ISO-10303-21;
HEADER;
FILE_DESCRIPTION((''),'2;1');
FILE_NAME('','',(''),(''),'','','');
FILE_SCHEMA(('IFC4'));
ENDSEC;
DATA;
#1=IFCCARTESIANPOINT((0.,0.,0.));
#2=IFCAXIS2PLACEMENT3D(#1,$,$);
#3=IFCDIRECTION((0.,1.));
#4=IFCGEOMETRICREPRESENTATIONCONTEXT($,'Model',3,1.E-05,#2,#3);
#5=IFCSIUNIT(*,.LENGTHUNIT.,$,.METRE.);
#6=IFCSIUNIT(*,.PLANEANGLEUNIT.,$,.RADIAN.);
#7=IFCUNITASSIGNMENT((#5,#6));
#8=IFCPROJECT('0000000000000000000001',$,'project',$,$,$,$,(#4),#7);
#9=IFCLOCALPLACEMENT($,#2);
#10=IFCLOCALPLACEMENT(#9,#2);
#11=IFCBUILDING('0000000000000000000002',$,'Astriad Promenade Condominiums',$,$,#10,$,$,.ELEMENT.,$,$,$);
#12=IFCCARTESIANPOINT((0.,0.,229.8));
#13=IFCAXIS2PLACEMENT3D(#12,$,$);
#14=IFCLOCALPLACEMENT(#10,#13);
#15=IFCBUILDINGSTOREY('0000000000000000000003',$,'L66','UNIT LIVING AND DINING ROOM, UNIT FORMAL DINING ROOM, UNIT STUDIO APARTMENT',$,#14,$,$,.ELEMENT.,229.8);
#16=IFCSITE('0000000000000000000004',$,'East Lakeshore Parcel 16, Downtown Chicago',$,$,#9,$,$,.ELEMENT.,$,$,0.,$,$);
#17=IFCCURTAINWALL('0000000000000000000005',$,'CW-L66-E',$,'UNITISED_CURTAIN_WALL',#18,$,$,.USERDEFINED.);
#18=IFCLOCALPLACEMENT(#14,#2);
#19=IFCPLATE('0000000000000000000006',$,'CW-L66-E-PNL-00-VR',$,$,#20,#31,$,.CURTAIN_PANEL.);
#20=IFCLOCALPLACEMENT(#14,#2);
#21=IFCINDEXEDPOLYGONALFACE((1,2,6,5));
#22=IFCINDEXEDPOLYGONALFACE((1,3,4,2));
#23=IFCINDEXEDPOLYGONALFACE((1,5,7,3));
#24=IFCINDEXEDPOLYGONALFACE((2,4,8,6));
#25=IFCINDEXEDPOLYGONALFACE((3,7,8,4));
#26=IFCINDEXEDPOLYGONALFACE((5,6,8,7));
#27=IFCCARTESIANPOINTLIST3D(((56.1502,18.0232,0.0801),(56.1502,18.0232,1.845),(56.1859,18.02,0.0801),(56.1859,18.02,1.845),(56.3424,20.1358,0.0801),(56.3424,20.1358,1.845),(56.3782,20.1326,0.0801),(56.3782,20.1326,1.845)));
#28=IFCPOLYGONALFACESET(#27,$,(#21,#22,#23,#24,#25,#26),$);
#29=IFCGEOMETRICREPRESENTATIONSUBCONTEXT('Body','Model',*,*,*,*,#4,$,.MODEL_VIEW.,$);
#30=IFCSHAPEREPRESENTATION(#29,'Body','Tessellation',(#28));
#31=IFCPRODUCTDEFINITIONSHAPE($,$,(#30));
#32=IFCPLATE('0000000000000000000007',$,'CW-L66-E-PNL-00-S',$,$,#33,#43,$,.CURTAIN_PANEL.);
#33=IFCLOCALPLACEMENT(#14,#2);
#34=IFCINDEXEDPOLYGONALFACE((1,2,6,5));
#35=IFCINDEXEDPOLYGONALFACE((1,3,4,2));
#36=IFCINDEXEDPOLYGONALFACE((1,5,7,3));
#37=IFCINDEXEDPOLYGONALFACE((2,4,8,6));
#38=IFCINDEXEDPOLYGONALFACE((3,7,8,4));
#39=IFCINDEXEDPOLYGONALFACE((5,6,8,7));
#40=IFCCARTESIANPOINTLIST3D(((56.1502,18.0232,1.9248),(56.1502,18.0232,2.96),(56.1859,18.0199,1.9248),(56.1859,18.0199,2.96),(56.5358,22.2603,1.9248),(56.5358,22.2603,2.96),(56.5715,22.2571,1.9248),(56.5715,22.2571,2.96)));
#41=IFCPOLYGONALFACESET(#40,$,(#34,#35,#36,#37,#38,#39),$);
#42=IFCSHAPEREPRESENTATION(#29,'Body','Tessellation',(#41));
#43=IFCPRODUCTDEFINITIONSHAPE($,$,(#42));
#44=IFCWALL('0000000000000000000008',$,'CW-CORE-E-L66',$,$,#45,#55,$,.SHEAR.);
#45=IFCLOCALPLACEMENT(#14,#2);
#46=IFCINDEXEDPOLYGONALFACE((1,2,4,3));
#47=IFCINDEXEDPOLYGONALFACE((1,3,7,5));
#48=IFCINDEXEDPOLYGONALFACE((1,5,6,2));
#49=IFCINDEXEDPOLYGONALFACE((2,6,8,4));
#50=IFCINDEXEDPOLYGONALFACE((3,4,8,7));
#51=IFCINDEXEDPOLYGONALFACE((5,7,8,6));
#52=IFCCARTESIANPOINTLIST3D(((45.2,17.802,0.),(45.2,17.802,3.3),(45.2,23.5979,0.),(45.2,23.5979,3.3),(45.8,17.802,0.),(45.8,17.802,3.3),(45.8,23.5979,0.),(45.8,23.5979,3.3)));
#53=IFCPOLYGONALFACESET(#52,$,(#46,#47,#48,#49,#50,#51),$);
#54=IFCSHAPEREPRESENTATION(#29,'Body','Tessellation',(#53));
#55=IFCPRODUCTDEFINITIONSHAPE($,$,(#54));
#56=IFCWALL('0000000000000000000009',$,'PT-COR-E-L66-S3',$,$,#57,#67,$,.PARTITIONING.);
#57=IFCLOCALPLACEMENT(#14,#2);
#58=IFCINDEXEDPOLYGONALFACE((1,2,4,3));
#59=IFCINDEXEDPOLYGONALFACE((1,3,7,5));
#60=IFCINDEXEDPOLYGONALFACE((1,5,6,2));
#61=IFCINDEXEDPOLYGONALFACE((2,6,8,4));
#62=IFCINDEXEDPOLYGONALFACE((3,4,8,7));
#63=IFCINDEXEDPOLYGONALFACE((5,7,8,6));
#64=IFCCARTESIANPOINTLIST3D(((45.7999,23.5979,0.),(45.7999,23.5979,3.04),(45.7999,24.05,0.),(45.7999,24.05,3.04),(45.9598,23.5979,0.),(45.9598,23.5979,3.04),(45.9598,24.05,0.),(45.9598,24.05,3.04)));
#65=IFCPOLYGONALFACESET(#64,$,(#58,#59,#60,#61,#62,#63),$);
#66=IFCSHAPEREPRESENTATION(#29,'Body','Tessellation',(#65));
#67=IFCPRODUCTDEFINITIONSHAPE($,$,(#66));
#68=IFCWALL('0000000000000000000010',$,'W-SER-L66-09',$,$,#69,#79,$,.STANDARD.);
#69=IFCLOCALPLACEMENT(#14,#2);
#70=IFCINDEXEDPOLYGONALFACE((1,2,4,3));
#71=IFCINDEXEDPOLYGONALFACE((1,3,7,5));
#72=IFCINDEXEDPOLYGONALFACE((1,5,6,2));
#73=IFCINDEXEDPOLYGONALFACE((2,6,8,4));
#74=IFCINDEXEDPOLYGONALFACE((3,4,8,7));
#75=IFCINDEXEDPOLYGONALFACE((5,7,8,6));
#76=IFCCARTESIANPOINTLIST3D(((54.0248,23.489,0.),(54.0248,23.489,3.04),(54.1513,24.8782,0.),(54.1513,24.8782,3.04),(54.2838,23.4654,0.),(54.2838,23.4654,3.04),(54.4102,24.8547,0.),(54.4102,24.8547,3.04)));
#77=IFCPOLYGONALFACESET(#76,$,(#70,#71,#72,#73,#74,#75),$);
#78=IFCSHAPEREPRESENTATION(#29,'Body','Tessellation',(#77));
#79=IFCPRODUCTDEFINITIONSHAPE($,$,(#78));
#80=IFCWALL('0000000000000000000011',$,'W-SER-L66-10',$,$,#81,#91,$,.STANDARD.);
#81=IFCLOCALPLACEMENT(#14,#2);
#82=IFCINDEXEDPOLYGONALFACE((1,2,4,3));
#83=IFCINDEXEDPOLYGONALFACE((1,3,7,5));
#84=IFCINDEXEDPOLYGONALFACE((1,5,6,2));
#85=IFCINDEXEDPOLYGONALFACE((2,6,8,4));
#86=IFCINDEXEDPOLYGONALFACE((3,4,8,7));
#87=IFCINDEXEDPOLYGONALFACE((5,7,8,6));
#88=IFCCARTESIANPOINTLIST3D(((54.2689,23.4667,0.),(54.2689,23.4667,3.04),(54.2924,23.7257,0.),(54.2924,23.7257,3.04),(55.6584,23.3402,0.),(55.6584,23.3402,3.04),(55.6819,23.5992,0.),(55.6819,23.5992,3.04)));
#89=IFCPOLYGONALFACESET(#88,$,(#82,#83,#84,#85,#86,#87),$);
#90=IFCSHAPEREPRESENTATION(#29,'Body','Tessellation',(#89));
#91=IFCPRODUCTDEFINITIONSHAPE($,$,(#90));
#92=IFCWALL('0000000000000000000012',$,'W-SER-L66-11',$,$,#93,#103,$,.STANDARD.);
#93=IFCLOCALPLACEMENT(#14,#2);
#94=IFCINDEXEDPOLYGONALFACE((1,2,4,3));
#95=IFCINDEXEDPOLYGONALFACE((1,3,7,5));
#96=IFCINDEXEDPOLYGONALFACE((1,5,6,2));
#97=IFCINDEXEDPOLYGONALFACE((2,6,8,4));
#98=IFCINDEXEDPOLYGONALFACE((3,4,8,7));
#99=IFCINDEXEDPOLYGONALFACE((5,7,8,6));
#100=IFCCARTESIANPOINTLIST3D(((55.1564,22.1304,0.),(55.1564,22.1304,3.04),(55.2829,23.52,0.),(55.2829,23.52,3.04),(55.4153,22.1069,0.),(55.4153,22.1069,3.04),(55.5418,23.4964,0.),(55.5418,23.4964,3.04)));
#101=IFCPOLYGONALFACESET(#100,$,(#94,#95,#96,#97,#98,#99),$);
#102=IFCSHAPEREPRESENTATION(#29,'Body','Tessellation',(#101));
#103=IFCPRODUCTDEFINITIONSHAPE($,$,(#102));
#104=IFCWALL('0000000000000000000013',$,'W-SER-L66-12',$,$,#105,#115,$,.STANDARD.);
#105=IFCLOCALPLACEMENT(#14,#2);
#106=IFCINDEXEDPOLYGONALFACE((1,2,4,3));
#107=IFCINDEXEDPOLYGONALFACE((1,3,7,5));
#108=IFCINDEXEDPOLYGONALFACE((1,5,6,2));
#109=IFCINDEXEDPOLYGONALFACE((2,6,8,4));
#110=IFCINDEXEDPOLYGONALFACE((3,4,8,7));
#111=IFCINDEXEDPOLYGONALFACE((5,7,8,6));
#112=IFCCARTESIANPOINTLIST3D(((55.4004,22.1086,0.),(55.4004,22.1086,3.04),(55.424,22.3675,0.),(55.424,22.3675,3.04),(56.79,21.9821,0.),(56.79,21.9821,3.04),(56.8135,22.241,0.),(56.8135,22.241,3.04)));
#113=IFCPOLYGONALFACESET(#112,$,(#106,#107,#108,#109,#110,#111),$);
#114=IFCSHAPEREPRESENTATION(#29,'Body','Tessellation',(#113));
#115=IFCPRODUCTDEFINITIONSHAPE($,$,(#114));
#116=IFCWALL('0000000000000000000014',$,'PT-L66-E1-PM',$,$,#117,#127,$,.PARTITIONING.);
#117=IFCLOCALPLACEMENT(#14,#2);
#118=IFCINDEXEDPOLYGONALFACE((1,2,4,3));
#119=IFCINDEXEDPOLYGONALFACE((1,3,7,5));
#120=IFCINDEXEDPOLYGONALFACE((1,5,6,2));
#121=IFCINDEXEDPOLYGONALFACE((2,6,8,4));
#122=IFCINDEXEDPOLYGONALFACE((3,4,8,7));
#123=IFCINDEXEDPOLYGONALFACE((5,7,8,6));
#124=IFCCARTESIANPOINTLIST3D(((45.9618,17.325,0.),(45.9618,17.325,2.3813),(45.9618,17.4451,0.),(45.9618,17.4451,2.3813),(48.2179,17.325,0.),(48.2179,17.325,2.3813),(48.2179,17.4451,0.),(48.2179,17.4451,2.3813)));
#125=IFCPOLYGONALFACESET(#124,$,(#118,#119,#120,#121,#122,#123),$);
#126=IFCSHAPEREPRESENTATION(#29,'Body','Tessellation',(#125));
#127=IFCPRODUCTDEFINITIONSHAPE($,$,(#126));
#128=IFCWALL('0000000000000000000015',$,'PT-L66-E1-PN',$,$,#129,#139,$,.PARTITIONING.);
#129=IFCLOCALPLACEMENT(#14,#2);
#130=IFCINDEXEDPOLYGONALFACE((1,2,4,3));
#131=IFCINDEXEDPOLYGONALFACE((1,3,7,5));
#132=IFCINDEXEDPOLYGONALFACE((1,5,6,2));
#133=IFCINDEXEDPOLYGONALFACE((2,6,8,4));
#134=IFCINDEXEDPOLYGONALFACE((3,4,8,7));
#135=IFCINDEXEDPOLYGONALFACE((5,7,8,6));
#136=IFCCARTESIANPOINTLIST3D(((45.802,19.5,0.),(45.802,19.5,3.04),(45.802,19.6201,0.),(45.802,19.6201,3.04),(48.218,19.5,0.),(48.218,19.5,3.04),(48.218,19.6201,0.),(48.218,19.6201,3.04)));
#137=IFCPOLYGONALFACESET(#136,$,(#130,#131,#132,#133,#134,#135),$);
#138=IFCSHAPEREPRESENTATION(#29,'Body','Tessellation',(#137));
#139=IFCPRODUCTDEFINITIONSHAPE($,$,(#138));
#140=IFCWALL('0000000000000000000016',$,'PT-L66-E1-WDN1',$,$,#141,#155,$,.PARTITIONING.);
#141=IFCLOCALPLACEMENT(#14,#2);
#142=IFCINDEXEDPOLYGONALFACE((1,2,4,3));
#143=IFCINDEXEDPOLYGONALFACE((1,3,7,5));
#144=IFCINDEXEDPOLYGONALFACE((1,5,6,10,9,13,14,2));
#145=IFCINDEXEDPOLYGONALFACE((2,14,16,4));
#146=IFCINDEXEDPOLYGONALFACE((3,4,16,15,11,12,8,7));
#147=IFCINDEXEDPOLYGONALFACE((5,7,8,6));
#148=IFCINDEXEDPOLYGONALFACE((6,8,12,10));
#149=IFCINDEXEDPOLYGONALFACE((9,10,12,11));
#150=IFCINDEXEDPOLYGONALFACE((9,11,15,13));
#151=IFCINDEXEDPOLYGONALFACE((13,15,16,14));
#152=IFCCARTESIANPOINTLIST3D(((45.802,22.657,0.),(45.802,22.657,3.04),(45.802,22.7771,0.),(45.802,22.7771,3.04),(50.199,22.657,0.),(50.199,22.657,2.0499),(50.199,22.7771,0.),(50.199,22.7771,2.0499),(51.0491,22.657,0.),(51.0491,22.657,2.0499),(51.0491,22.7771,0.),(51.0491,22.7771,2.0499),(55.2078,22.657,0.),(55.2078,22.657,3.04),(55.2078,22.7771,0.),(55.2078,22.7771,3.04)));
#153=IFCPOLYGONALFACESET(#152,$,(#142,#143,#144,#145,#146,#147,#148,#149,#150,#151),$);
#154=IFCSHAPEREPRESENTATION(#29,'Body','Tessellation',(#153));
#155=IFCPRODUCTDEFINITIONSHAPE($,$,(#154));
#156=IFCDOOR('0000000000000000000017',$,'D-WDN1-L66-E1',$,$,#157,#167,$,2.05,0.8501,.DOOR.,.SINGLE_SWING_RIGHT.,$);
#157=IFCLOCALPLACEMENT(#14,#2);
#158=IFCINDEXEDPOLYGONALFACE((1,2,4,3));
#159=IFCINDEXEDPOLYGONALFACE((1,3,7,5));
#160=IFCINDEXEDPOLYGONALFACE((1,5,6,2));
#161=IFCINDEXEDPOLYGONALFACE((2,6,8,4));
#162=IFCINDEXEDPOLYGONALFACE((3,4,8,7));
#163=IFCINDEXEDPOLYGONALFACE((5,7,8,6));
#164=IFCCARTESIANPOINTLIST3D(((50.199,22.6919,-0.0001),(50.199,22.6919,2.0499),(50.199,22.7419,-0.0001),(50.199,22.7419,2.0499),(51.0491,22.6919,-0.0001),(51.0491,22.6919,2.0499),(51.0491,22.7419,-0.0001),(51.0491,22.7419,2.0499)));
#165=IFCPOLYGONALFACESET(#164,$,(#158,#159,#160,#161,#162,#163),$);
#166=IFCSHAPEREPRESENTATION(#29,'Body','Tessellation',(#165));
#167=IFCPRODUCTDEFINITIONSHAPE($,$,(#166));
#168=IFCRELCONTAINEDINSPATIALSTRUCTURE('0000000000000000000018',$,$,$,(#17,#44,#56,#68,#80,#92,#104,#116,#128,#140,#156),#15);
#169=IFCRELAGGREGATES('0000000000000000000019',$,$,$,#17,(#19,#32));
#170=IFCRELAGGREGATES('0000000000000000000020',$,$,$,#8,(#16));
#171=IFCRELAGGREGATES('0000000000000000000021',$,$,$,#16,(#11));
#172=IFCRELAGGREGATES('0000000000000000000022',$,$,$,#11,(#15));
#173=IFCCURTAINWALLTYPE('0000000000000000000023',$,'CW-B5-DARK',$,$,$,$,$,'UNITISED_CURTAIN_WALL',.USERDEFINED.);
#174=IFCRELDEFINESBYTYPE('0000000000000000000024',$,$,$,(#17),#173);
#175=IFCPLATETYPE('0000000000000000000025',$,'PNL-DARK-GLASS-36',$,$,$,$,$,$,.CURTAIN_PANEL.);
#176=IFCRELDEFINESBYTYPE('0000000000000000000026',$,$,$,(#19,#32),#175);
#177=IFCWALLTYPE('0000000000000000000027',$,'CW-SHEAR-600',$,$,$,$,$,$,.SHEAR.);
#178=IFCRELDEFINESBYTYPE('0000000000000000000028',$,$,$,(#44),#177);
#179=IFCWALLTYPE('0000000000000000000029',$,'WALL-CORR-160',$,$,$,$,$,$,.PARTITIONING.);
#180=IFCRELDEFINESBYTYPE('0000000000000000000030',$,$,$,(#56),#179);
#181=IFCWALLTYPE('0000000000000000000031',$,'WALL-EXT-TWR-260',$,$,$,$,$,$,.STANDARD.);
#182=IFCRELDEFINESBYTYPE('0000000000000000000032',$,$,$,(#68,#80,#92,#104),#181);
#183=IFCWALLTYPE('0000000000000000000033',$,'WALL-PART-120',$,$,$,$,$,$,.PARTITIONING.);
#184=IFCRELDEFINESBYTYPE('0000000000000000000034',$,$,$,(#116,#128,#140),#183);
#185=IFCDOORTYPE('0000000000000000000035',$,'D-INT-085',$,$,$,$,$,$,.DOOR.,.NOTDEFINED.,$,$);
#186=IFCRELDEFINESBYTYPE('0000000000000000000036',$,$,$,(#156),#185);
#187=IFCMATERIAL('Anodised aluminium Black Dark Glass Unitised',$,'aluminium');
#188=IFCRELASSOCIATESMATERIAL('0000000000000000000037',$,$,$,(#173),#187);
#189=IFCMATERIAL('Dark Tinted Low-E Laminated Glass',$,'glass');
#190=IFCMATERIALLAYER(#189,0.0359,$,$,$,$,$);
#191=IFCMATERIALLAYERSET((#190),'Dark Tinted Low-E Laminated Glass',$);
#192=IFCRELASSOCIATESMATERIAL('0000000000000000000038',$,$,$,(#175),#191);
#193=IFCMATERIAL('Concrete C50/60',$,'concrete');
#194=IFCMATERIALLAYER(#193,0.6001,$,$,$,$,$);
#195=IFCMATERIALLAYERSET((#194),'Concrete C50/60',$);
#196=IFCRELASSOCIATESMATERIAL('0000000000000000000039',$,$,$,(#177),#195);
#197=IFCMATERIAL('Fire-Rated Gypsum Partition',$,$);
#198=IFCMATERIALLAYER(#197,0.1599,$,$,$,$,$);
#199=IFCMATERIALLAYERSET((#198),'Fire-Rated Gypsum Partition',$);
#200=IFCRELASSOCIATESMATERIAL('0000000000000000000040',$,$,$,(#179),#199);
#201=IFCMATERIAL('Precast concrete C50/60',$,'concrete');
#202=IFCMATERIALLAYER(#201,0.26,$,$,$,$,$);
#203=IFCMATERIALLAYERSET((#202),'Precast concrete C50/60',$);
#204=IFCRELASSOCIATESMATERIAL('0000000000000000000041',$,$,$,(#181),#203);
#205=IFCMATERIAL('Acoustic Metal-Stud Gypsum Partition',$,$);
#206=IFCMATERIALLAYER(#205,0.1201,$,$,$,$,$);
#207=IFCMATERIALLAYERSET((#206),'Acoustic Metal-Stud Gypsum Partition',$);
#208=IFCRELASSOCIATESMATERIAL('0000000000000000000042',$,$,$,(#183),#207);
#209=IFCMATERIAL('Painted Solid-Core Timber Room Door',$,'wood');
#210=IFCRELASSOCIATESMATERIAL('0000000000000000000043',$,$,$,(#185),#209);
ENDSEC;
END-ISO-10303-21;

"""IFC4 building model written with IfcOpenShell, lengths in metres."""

from ifc_helpers import new_model, si_unit, direction, frame, frame_2d, origin, origin_2d, place, context, subcontext, project, spatial, rectangle, extrude, source, transform, mapped, material, layer, layer_set, type_object, type_shapes, element, fill, aggregate, save


model = new_model("IFC4")

# Units and contexts
model_context = context("Model", 3, precision=1e-05, world=origin(), true_north=direction((0.0, 1.0)))
body_context = subcontext(model_context, "Body", "Model", "MODEL_VIEW")
ifc_project = project(units=[si_unit("LENGTHUNIT", "METRE"), si_unit("PLANEANGLEUNIT", "RADIAN")], contexts=[model_context])

# Site, building, storey
site_placement = place(None, origin())
site = spatial("IfcSite", under=ifc_project, at=site_placement, Name="East Lakeshore Parcel 16, Downtown Chicago", CompositionType="ELEMENT", RefElevation=0.0)
building_placement = place(site_placement, origin())
building = spatial("IfcBuilding", under=site, at=building_placement, Name="Astriad Promenade Condominiums", CompositionType="ELEMENT")
storey_placement = place(building_placement, frame((0.0, 0.0, 229.8)))
storey = spatial("IfcBuildingStorey", under=building, at=storey_placement, Name="L66", Description="UNIT LIVING AND DINING ROOM, UNIT FORMAL DINING ROOM, UNIT STUDIO APARTMENT", CompositionType="ELEMENT", Elevation=229.8)

# Shared definitions
ifc_material_1 = material(Name="Concrete C50/60", Category="concrete")

# Curtain wall, plates
ifc_material_2 = material(Name="Anodised aluminium Black Dark Glass Unitised", Category="aluminium")
curtain_wall_type = type_object("IfcCurtainWallType", Name="CW-B5-DARK", ElementType="UNITISED_CURTAIN_WALL", PredefinedType="USERDEFINED", material=ifc_material_2)
curtain_wall_placement = place(storey_placement, origin())
curtain_wall = element("IfcCurtainWall", 1, at=curtain_wall_placement, inside=storey, type_object=curtain_wall_type, Name="CW-L66-E", ObjectType="UNITISED_CURTAIN_WALL", PredefinedType="USERDEFINED")
ifc_material_3 = material(Name="Dark Tinted Low-E Laminated Glass", Category="glass")
ifc_layer_1 = layer(ifc_material_3, 0.0359)
ifc_layer_set_1 = layer_set([ifc_layer_1], Name="Dark Tinted Low-E Laminated Glass")
plate_type = type_object("IfcPlateType", Name="PNL-DARK-GLASS-36", PredefinedType="CURTAIN_PANEL", material=ifc_layer_set_1)
shared_shape_1 = source(origin(), body_context, "Body", "SweptSolid", [
    extrude(rectangle(XDim=2.1213, YDim=0.0359, at=origin_2d()), origin(), (0.0, 0.0, 1.0), 1.7649),
])
plate_1_placement = place(storey_placement, frame((56.2642, 19.0779, 0.0801), z_axis=(0.0, 0.0, 1.0), x_axis=(-0.090633, -0.995884, 0.0)))
plate_1 = element("IfcPlate", 2, at=plate_1_placement, type_object=plate_type, Name="CW-L66-E-PNL-00-VR", PredefinedType="CURTAIN_PANEL", context=body_context, shape_type="MappedRepresentation", body=[
    mapped(shared_shape_1, transform((0.0, 0.0, 0.0), scale=1.0)),
])
shared_shape_2 = source(origin(), body_context, "Body", "SweptSolid", [
    extrude(rectangle(XDim=4.2546, YDim=0.0359, at=origin_2d()), origin(), (0.0, 0.0, 1.0), 1.0352),
])
type_shapes(plate_type, [shared_shape_1, shared_shape_2])
plate_2_placement = place(storey_placement, frame((56.3608, 20.1401, 1.9248), z_axis=(0.0, 0.0, 1.0), x_axis=(-0.090633, -0.995884, 0.0)))
plate_2 = element("IfcPlate", 3, at=plate_2_placement, type_object=plate_type, Name="CW-L66-E-PNL-00-S", PredefinedType="CURTAIN_PANEL", context=body_context, shape_type="MappedRepresentation", body=[
    mapped(shared_shape_2, transform((0.0, 0.0, 0.0), scale=1.0)),
])
aggregate(curtain_wall, [plate_1, plate_2])

# Walls
ifc_layer_2 = layer(ifc_material_1, 0.6001)
ifc_layer_set_2 = layer_set([ifc_layer_2], Name="Concrete C50/60")
wall_type_1 = type_object("IfcWallType", Name="CW-SHEAR-600", PredefinedType="SHEAR", material=ifc_layer_set_2)
wall_1_placement = place(storey_placement, frame((45.5, 17.802, 0.0), z_axis=(0.0, 0.0, 1.0), x_axis=(0.0, 1.0, 0.0)))
element("IfcWall", 4, at=wall_1_placement, inside=storey, type_object=wall_type_1, Name="CW-CORE-E-L66", PredefinedType="SHEAR", context=body_context, shape_type="SweptSolid", body=[
    extrude(rectangle(XDim=5.7959, YDim=0.6001, at=frame_2d((2.8979, 0.0))), origin(), (0.0, 0.0, 1.0), 3.3),
])
ifc_material_4 = material(Name="Fire-Rated Gypsum Partition")
ifc_layer_3 = layer(ifc_material_4, 0.1599)
ifc_layer_set_3 = layer_set([ifc_layer_3], Name="Fire-Rated Gypsum Partition")
wall_type_2 = type_object("IfcWallType", Name="WALL-CORR-160", PredefinedType="PARTITIONING", material=ifc_layer_set_3)
wall_2_placement = place(storey_placement, frame((45.8799, 23.5979, 0.0), z_axis=(0.0, 0.0, 1.0), x_axis=(0.0, 1.0, 0.0)))
element("IfcWall", 5, at=wall_2_placement, inside=storey, type_object=wall_type_2, Name="PT-COR-E-L66-S3", PredefinedType="PARTITIONING", context=body_context, shape_type="SweptSolid", body=[
    extrude(rectangle(XDim=0.4521, YDim=0.1599, at=frame_2d((0.2261, 0.0))), origin(), (0.0, 0.0, 1.0), 3.04),
])
ifc_material_5 = material(Name="Precast concrete C50/60", Category="concrete")
ifc_layer_4 = layer(ifc_material_5, 0.26)
ifc_layer_set_4 = layer_set([ifc_layer_4], Name="Precast concrete C50/60")
wall_type_3 = type_object("IfcWallType", Name="WALL-EXT-TWR-260", PredefinedType="STANDARD", material=ifc_layer_set_4)
wall_3_placement = place(storey_placement, frame((54.2808, 24.8665, 0.0), z_axis=(0.0, 0.0, 1.0), x_axis=(-0.090662, -0.995882, 0.0)))
element("IfcWall", 6, at=wall_3_placement, inside=storey, type_object=wall_type_3, Name="W-SER-L66-09", PredefinedType="STANDARD", context=body_context, shape_type="SweptSolid", body=[
    extrude(rectangle(XDim=1.395, YDim=0.26, at=frame_2d((0.6975, 0.0))), origin(), (0.0, 0.0, 1.0), 3.04),
])
for number, where, z_axis, x_axis, name in (
    (7, (54.2805, 23.5962, 0.0), (0.0, 0.0, 1.0), (0.995883, -0.090646, 0.0), "W-SER-L66-10"),
    (8, (55.4124, 23.5083, 0.0), (0.0, 0.0, 1.0), (-0.090646, -0.995883, 0.0), "W-SER-L66-11"),
    (9, (55.4121, 22.238, 0.0), (0.0, 0.0, 1.0), (0.995883, -0.090646, 0.0), "W-SER-L66-12"),
):
    element("IfcWall", number, at=place(storey_placement, frame(where, z_axis=z_axis, x_axis=x_axis)), inside=storey, type_object=wall_type_3, Name=name, PredefinedType="STANDARD", context=body_context, shape_type="SweptSolid", body=[
        extrude(rectangle(XDim=1.3953, YDim=0.26, at=frame_2d((0.6978, 0.0))), origin(), (0.0, 0.0, 1.0), 3.04),
    ])
ifc_material_6 = material(Name="Acoustic Metal-Stud Gypsum Partition")
ifc_layer_5 = layer(ifc_material_6, 0.1201)
ifc_layer_set_5 = layer_set([ifc_layer_5], Name="Acoustic Metal-Stud Gypsum Partition")
wall_type_4 = type_object("IfcWallType", Name="WALL-PART-120", PredefinedType="PARTITIONING", material=ifc_layer_set_5)
wall_4_placement = place(storey_placement, frame((45.9619, 17.385, 0.0), z_axis=(0.0, 0.0, 1.0), x_axis=(1.0, 0.0, 0.0)))
element("IfcWall", 10, at=wall_4_placement, inside=storey, type_object=wall_type_4, Name="PT-L66-E1-PM", PredefinedType="PARTITIONING", context=body_context, shape_type="SweptSolid", body=[
    extrude(rectangle(XDim=2.2561, YDim=0.1201, at=frame_2d((1.1279, 0.0))), origin(), (0.0, 0.0, 1.0), 2.3813),
])
wall_5_placement = place(storey_placement, frame((45.802, 19.5601, 0.0), z_axis=(0.0, 0.0, 1.0), x_axis=(1.0, 0.0, 0.0)))
element("IfcWall", 11, at=wall_5_placement, inside=storey, type_object=wall_type_4, Name="PT-L66-E1-PN", PredefinedType="PARTITIONING", context=body_context, shape_type="SweptSolid", body=[
    extrude(rectangle(XDim=2.416, YDim=0.1201, at=frame_2d((1.208, 0.0))), origin(), (0.0, 0.0, 1.0), 3.04),
])

# Wall, opening, door
wall_6_placement = place(storey_placement, frame((45.802, 22.717, 0.0), z_axis=(0.0, 0.0, 1.0), x_axis=(1.0, 0.0, 0.0)))
wall_6 = element("IfcWall", 12, at=wall_6_placement, inside=storey, type_object=wall_type_4, Name="PT-L66-E1-WDN1", PredefinedType="PARTITIONING", context=body_context, shape_type="SweptSolid", body=[
    extrude(rectangle(XDim=9.4058, YDim=0.1201, at=frame_2d((4.7029, 0.0))), origin(), (0.0, 0.0, 1.0), 3.04),
])
opening_1_placement = place(wall_6_placement, frame((4.397, 0.0, 0.0)))
opening_1 = element("IfcOpeningElement", 13, at=opening_1_placement, cuts=wall_6, PredefinedType="OPENING", context=body_context, shape_type="SweptSolid", body=[
    extrude(rectangle(XDim=0.8501, YDim=2.05, at=frame_2d((0.425, 1.0249))), frame((0.0, 0.0701, 0.0), z_axis=(0.0, -1.0, 0.0), x_axis=(1.0, 0.0, 0.0)), (0.0, 0.0, 1.0), 0.1401),
])
ifc_material_7 = material(Name="Painted Solid-Core Timber Room Door", Category="wood")
door_type = type_object("IfcDoorType", Name="D-INT-085", OperationType="NOTDEFINED", PredefinedType="DOOR", material=ifc_material_7)
shared_shape_3 = source(origin(), body_context, "Body", "SweptSolid", [
    extrude(rectangle(XDim=0.8501, YDim=2.05, at=frame_2d((0.425, 1.0249))), frame((0.0, 0.0249, 0.0), z_axis=(0.0, -1.0, 0.0), x_axis=(1.0, 0.0, 0.0)), (0.0, 0.0, 1.0), 0.05),
])
type_shapes(door_type, [shared_shape_3])
door_1_placement = place(opening_1_placement, origin())
door_1 = element("IfcDoor", 14, at=door_1_placement, inside=storey, type_object=door_type, Name="D-WDN1-L66-E1", OperationType="SINGLE_SWING_RIGHT", OverallHeight=2.05, OverallWidth=0.8501, PredefinedType="DOOR", context=body_context, shape_type="MappedRepresentation", body=[
    mapped(shared_shape_3, transform((0.0, 0.0, 0.0), scale=1.0)),
])
fill(opening_1, door_1)

save(model, "model.ifc")
